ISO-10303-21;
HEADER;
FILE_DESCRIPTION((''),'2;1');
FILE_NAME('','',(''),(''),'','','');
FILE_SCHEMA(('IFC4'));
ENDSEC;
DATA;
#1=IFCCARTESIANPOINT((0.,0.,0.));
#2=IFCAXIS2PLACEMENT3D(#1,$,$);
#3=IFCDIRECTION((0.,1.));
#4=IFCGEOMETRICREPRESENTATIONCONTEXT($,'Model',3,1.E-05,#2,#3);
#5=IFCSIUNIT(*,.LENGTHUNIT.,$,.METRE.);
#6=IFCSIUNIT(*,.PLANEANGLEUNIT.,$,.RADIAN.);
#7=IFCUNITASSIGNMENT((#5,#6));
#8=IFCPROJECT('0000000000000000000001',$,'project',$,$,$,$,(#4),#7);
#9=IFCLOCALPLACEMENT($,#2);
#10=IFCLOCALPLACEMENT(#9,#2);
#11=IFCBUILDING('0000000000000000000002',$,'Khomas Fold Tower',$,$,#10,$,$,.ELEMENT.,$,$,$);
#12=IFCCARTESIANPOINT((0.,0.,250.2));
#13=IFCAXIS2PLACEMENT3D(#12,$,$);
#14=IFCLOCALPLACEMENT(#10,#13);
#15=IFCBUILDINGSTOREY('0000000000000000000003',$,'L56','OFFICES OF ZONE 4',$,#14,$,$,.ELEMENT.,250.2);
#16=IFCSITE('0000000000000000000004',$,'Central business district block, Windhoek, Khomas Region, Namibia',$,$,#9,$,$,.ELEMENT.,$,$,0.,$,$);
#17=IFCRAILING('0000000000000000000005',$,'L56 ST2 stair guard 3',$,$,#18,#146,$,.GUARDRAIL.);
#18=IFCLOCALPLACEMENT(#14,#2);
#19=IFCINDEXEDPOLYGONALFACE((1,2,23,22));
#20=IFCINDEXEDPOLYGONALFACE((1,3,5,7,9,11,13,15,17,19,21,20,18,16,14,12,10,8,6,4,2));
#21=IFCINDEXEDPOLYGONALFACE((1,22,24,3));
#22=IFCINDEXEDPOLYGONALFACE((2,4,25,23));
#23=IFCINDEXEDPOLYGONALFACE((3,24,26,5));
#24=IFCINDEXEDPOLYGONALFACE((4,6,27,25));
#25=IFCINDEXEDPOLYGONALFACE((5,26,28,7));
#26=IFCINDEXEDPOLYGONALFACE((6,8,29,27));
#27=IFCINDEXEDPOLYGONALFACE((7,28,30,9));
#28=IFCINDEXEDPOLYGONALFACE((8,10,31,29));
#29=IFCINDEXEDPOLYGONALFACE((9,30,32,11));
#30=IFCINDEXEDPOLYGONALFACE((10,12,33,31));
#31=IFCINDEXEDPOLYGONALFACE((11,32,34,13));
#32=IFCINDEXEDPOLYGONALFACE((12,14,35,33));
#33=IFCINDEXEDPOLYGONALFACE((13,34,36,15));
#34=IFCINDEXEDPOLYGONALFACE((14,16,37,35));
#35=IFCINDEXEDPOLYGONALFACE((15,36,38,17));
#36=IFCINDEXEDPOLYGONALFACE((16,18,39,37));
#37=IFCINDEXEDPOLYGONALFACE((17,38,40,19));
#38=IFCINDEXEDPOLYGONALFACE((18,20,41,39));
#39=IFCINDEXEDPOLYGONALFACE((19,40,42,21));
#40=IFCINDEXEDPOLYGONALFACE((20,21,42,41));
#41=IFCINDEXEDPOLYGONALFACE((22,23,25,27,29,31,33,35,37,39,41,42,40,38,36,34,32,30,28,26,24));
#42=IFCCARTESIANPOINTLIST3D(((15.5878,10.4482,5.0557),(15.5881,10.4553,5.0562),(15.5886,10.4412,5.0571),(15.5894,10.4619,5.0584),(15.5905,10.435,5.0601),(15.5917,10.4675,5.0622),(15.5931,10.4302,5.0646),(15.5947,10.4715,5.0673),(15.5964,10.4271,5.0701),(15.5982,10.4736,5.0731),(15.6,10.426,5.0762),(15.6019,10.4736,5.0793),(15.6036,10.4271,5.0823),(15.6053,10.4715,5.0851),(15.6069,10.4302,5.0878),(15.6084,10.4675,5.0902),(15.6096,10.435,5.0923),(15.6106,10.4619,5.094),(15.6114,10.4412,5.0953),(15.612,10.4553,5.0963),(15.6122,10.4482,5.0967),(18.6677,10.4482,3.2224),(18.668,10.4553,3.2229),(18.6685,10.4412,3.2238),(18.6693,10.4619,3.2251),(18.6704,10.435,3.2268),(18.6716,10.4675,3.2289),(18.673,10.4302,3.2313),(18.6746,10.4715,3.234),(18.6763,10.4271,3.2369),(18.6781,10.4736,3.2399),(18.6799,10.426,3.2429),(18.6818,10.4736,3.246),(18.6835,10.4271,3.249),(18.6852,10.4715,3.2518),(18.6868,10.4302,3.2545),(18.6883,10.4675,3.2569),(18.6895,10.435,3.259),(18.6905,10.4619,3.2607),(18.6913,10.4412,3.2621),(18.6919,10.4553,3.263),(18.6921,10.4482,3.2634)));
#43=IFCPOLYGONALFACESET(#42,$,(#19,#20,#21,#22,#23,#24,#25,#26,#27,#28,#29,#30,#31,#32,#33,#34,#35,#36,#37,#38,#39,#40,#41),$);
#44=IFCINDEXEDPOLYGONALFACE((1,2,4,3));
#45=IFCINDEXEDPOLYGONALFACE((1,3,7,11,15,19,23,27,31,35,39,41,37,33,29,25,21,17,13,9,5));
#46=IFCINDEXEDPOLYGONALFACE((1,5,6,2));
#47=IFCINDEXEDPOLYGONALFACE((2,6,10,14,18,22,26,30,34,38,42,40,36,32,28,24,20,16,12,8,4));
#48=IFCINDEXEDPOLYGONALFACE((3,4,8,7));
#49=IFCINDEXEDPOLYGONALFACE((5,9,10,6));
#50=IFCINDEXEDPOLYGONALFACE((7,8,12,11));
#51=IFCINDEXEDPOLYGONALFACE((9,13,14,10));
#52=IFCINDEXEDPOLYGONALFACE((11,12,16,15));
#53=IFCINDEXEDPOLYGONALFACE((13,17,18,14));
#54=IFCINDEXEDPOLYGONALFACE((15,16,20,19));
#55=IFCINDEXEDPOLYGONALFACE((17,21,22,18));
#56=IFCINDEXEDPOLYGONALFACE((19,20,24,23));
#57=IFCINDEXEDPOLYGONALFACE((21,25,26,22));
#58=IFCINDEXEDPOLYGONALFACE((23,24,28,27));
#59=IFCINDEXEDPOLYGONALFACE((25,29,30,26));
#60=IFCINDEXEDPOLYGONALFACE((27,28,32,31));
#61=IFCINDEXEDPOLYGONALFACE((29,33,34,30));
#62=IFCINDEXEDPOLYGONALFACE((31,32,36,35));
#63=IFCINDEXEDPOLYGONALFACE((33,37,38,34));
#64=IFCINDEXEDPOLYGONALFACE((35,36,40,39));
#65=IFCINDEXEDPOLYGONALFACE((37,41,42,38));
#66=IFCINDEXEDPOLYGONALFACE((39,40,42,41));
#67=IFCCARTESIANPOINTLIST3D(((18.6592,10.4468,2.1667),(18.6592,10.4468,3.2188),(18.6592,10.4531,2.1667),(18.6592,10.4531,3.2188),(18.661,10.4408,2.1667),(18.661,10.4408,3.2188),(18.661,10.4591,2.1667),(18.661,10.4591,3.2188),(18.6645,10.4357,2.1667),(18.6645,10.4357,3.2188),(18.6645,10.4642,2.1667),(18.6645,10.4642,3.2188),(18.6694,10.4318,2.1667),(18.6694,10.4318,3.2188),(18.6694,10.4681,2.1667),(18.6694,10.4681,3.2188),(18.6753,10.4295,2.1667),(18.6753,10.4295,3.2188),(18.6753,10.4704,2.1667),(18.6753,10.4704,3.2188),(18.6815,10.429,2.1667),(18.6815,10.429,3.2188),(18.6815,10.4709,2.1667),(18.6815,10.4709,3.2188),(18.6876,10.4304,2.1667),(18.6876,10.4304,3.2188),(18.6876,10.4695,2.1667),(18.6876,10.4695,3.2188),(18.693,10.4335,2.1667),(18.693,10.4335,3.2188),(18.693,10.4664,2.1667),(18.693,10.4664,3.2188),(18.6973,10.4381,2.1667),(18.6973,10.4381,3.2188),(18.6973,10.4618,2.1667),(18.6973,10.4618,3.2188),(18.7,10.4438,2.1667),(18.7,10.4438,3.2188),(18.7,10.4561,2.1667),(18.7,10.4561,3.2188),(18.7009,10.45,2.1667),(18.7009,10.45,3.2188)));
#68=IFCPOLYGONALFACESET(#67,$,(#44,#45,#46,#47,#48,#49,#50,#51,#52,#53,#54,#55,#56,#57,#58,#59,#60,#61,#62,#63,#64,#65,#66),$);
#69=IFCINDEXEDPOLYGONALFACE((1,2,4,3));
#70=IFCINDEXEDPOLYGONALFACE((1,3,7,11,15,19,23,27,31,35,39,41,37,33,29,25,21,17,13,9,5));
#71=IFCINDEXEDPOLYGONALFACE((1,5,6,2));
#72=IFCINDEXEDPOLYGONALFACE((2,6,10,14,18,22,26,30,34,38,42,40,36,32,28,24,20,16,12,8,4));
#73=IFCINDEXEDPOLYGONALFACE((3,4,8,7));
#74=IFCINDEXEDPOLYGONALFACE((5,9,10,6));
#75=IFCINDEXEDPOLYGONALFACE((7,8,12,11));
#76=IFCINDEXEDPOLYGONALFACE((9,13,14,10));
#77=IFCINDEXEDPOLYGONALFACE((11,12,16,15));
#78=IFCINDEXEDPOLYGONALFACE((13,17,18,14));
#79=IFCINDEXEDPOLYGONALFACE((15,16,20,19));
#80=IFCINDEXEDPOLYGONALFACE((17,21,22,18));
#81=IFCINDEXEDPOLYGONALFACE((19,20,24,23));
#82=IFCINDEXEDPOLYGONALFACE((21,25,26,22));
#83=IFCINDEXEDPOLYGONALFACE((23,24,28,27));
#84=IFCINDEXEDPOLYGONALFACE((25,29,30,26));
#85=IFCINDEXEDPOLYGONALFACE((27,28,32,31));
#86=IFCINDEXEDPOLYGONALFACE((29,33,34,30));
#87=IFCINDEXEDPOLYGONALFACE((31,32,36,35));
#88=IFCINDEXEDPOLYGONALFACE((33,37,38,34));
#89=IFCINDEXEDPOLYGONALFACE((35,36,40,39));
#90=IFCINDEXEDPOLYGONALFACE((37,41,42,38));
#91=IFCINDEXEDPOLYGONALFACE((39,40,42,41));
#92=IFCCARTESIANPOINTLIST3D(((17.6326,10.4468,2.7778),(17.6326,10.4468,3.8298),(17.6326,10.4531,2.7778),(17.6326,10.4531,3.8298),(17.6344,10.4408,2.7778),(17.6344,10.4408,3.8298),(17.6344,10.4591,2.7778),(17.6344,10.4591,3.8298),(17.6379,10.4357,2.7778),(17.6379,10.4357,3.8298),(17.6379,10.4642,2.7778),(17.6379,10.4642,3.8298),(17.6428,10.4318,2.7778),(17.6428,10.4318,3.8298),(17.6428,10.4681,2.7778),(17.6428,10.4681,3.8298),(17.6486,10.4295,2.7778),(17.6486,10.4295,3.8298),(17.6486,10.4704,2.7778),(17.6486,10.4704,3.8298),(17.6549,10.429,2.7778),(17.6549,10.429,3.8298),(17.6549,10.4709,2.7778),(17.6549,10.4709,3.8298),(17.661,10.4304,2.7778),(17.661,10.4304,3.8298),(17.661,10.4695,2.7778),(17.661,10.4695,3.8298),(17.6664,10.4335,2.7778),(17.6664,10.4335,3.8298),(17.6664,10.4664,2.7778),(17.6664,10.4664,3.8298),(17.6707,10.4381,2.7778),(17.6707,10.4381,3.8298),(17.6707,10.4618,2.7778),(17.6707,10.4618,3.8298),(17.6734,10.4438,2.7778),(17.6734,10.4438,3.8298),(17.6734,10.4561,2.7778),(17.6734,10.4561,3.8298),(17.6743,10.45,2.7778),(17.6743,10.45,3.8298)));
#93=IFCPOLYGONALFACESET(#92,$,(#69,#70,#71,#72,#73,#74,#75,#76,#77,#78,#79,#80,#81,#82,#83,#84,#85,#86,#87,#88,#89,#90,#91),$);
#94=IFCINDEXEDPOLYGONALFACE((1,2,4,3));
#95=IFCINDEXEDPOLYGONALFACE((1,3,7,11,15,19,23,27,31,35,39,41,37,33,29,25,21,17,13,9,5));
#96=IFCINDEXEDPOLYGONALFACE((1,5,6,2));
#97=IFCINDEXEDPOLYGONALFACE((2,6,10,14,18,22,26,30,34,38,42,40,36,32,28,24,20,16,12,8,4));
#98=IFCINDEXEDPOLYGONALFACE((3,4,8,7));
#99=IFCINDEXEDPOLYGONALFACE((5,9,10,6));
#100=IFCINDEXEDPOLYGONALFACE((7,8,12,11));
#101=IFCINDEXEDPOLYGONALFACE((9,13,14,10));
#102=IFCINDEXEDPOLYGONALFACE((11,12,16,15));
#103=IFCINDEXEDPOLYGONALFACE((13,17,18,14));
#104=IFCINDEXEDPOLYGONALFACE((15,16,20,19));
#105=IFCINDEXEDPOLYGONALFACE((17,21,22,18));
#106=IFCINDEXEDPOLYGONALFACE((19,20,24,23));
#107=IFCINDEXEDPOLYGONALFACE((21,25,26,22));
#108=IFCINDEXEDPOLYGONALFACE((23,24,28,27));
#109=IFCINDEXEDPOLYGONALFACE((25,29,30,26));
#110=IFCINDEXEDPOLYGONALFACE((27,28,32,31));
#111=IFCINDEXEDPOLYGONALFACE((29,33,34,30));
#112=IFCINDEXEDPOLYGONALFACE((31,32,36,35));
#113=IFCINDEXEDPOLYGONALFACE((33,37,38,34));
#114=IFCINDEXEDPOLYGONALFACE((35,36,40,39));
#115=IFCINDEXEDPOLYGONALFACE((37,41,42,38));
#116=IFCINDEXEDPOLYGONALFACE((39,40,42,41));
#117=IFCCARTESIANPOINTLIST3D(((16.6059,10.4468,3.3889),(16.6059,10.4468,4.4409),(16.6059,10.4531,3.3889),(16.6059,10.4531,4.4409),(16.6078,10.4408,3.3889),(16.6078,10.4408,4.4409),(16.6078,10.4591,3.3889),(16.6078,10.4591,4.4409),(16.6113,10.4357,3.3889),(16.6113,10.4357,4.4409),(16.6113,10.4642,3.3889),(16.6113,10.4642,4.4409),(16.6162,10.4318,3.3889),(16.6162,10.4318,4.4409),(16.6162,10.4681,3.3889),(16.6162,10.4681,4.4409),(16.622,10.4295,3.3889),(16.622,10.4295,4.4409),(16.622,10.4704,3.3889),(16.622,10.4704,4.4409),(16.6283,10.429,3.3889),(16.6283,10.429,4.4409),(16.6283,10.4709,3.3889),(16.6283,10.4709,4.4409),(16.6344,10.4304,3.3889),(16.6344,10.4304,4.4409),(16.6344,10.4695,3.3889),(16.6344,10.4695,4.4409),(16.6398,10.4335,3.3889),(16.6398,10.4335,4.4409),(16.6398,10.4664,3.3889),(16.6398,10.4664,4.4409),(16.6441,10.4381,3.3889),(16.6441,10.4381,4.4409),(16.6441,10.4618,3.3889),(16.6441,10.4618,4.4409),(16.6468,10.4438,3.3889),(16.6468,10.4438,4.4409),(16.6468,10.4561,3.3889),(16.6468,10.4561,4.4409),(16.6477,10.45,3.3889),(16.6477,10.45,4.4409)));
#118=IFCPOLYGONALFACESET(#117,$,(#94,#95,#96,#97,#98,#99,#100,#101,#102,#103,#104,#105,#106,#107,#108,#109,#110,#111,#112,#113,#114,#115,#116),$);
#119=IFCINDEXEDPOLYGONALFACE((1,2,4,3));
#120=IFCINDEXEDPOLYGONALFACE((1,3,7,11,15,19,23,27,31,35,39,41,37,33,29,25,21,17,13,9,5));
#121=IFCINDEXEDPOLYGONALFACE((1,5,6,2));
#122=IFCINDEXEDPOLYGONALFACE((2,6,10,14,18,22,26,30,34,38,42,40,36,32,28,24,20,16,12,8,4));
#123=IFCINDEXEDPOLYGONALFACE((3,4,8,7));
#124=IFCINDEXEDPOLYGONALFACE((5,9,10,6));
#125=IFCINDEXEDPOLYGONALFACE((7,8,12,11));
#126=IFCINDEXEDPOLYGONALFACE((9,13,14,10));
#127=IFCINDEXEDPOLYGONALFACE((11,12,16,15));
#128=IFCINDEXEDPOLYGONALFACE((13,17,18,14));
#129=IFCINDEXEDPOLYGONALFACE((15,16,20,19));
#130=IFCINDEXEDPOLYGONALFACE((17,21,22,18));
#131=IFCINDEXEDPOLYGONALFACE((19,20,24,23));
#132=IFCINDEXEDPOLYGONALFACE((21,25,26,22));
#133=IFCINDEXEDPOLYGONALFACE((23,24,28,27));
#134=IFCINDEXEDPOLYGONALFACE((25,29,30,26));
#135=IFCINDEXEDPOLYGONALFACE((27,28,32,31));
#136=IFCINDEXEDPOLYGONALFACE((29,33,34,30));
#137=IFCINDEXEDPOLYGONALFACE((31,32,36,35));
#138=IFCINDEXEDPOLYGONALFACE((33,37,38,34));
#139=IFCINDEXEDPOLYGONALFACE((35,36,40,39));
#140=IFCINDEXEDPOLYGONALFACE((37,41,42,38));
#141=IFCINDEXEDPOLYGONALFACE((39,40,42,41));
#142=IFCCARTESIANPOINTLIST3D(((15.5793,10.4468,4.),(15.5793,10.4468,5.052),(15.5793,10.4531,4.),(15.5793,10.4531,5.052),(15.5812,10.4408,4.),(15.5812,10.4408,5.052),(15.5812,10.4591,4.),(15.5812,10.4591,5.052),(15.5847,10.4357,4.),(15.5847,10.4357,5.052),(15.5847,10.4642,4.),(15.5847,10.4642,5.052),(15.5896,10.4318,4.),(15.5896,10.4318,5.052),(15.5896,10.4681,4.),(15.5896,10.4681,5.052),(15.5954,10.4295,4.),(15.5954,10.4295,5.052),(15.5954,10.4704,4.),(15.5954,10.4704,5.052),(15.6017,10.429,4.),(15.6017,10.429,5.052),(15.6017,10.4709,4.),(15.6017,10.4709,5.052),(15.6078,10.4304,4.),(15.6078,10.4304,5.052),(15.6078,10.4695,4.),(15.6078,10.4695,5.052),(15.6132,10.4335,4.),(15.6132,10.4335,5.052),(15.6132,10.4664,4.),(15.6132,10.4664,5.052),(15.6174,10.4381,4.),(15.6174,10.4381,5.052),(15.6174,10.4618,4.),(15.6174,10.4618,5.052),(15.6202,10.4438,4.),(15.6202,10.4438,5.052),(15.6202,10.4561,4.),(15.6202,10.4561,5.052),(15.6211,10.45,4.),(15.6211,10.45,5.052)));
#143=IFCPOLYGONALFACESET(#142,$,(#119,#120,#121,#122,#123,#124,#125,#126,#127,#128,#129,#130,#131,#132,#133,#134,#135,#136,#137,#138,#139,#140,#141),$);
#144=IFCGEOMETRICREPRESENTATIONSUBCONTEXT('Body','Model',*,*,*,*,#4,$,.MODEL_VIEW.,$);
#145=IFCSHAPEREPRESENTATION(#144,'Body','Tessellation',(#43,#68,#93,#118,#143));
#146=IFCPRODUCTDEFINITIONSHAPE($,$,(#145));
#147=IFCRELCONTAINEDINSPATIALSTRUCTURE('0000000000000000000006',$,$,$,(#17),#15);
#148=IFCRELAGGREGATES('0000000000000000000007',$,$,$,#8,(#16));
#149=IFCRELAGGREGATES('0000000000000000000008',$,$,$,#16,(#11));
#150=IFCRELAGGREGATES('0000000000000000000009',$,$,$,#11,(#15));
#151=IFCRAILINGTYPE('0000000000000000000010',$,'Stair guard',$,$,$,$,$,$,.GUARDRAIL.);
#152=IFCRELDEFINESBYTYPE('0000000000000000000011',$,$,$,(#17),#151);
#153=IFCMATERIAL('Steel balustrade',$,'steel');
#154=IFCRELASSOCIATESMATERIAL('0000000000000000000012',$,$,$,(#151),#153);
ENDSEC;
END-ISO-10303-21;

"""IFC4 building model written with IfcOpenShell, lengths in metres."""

from ifc_helpers import new_model, si_unit, direction, frame, origin, origin_2d, place, context, subcontext, project, spatial, circle, extrude, source, transform, mapped, material, type_object, element, save


model = new_model("IFC4")

# Units and contexts
model_context = context("Model", 3, precision=1e-05, world=origin(), true_north=direction((0.0, 1.0)))
body_context = subcontext(model_context, "Body", "Model", "MODEL_VIEW")
ifc_project = project(units=[si_unit("LENGTHUNIT", "METRE"), si_unit("PLANEANGLEUNIT", "RADIAN")], contexts=[model_context])

# Site, building, storey
site_placement = place(None, origin())
site = spatial("IfcSite", under=ifc_project, at=site_placement, Name="Central business district block, Windhoek, Khomas Region, Namibia", CompositionType="ELEMENT", RefElevation=0.0)
building_placement = place(site_placement, origin())
building = spatial("IfcBuilding", under=site, at=building_placement, Name="Khomas Fold Tower", CompositionType="ELEMENT")
storey_placement = place(building_placement, frame((0.0, 0.0, 250.2)))
storey = spatial("IfcBuildingStorey", under=building, at=storey_placement, Name="L56", Description="OFFICES OF ZONE 4", CompositionType="ELEMENT", Elevation=250.2)

# Railing
ifc_material_1 = material(Name="Steel balustrade", Category="steel")
railing_type_1 = type_object("IfcRailingType", Name="Stair guard", PredefinedType="GUARDRAIL", material=ifc_material_1)
shared_shape_1 = source(origin(), body_context, "Body", "SweptSolid", [
    extrude(circle(Radius=0.0239, at=origin_2d()), frame((0.0, 0.0, 1.0762), z_axis=(-0.859291, 0.0, 0.511487), x_axis=(0.0, -1.0, 0.0)), (0.0, 0.0, 1.0), 3.5842),
    extrude(circle(Radius=0.021, at=origin_2d()), origin(), (0.0, 0.0, 1.0), 1.052),
    extrude(circle(Radius=0.021, at=origin_2d()), frame((-1.0266, 0.0, 0.6111)), (0.0, 0.0, 1.0), 1.052),
    extrude(circle(Radius=0.021, at=origin_2d()), frame((-2.0532, 0.0, 1.2222)), (0.0, 0.0, 1.0), 1.052),
    extrude(circle(Radius=0.021, at=origin_2d()), frame((-3.0798, 0.0, 1.8333)), (0.0, 0.0, 1.0), 1.052),
])
railing_1_placement = place(storey_placement, frame((18.6799, 10.45, 2.1667)))
element("IfcRailing", 1, at=railing_1_placement, inside=storey, type_object=railing_type_1, Name="L56 ST2 stair guard 3", PredefinedType="GUARDRAIL", context=body_context, shape_type="MappedRepresentation", body=[
    mapped(shared_shape_1, transform((0.0, 0.0, 0.0))),
])

save(model, "model.ifc")
